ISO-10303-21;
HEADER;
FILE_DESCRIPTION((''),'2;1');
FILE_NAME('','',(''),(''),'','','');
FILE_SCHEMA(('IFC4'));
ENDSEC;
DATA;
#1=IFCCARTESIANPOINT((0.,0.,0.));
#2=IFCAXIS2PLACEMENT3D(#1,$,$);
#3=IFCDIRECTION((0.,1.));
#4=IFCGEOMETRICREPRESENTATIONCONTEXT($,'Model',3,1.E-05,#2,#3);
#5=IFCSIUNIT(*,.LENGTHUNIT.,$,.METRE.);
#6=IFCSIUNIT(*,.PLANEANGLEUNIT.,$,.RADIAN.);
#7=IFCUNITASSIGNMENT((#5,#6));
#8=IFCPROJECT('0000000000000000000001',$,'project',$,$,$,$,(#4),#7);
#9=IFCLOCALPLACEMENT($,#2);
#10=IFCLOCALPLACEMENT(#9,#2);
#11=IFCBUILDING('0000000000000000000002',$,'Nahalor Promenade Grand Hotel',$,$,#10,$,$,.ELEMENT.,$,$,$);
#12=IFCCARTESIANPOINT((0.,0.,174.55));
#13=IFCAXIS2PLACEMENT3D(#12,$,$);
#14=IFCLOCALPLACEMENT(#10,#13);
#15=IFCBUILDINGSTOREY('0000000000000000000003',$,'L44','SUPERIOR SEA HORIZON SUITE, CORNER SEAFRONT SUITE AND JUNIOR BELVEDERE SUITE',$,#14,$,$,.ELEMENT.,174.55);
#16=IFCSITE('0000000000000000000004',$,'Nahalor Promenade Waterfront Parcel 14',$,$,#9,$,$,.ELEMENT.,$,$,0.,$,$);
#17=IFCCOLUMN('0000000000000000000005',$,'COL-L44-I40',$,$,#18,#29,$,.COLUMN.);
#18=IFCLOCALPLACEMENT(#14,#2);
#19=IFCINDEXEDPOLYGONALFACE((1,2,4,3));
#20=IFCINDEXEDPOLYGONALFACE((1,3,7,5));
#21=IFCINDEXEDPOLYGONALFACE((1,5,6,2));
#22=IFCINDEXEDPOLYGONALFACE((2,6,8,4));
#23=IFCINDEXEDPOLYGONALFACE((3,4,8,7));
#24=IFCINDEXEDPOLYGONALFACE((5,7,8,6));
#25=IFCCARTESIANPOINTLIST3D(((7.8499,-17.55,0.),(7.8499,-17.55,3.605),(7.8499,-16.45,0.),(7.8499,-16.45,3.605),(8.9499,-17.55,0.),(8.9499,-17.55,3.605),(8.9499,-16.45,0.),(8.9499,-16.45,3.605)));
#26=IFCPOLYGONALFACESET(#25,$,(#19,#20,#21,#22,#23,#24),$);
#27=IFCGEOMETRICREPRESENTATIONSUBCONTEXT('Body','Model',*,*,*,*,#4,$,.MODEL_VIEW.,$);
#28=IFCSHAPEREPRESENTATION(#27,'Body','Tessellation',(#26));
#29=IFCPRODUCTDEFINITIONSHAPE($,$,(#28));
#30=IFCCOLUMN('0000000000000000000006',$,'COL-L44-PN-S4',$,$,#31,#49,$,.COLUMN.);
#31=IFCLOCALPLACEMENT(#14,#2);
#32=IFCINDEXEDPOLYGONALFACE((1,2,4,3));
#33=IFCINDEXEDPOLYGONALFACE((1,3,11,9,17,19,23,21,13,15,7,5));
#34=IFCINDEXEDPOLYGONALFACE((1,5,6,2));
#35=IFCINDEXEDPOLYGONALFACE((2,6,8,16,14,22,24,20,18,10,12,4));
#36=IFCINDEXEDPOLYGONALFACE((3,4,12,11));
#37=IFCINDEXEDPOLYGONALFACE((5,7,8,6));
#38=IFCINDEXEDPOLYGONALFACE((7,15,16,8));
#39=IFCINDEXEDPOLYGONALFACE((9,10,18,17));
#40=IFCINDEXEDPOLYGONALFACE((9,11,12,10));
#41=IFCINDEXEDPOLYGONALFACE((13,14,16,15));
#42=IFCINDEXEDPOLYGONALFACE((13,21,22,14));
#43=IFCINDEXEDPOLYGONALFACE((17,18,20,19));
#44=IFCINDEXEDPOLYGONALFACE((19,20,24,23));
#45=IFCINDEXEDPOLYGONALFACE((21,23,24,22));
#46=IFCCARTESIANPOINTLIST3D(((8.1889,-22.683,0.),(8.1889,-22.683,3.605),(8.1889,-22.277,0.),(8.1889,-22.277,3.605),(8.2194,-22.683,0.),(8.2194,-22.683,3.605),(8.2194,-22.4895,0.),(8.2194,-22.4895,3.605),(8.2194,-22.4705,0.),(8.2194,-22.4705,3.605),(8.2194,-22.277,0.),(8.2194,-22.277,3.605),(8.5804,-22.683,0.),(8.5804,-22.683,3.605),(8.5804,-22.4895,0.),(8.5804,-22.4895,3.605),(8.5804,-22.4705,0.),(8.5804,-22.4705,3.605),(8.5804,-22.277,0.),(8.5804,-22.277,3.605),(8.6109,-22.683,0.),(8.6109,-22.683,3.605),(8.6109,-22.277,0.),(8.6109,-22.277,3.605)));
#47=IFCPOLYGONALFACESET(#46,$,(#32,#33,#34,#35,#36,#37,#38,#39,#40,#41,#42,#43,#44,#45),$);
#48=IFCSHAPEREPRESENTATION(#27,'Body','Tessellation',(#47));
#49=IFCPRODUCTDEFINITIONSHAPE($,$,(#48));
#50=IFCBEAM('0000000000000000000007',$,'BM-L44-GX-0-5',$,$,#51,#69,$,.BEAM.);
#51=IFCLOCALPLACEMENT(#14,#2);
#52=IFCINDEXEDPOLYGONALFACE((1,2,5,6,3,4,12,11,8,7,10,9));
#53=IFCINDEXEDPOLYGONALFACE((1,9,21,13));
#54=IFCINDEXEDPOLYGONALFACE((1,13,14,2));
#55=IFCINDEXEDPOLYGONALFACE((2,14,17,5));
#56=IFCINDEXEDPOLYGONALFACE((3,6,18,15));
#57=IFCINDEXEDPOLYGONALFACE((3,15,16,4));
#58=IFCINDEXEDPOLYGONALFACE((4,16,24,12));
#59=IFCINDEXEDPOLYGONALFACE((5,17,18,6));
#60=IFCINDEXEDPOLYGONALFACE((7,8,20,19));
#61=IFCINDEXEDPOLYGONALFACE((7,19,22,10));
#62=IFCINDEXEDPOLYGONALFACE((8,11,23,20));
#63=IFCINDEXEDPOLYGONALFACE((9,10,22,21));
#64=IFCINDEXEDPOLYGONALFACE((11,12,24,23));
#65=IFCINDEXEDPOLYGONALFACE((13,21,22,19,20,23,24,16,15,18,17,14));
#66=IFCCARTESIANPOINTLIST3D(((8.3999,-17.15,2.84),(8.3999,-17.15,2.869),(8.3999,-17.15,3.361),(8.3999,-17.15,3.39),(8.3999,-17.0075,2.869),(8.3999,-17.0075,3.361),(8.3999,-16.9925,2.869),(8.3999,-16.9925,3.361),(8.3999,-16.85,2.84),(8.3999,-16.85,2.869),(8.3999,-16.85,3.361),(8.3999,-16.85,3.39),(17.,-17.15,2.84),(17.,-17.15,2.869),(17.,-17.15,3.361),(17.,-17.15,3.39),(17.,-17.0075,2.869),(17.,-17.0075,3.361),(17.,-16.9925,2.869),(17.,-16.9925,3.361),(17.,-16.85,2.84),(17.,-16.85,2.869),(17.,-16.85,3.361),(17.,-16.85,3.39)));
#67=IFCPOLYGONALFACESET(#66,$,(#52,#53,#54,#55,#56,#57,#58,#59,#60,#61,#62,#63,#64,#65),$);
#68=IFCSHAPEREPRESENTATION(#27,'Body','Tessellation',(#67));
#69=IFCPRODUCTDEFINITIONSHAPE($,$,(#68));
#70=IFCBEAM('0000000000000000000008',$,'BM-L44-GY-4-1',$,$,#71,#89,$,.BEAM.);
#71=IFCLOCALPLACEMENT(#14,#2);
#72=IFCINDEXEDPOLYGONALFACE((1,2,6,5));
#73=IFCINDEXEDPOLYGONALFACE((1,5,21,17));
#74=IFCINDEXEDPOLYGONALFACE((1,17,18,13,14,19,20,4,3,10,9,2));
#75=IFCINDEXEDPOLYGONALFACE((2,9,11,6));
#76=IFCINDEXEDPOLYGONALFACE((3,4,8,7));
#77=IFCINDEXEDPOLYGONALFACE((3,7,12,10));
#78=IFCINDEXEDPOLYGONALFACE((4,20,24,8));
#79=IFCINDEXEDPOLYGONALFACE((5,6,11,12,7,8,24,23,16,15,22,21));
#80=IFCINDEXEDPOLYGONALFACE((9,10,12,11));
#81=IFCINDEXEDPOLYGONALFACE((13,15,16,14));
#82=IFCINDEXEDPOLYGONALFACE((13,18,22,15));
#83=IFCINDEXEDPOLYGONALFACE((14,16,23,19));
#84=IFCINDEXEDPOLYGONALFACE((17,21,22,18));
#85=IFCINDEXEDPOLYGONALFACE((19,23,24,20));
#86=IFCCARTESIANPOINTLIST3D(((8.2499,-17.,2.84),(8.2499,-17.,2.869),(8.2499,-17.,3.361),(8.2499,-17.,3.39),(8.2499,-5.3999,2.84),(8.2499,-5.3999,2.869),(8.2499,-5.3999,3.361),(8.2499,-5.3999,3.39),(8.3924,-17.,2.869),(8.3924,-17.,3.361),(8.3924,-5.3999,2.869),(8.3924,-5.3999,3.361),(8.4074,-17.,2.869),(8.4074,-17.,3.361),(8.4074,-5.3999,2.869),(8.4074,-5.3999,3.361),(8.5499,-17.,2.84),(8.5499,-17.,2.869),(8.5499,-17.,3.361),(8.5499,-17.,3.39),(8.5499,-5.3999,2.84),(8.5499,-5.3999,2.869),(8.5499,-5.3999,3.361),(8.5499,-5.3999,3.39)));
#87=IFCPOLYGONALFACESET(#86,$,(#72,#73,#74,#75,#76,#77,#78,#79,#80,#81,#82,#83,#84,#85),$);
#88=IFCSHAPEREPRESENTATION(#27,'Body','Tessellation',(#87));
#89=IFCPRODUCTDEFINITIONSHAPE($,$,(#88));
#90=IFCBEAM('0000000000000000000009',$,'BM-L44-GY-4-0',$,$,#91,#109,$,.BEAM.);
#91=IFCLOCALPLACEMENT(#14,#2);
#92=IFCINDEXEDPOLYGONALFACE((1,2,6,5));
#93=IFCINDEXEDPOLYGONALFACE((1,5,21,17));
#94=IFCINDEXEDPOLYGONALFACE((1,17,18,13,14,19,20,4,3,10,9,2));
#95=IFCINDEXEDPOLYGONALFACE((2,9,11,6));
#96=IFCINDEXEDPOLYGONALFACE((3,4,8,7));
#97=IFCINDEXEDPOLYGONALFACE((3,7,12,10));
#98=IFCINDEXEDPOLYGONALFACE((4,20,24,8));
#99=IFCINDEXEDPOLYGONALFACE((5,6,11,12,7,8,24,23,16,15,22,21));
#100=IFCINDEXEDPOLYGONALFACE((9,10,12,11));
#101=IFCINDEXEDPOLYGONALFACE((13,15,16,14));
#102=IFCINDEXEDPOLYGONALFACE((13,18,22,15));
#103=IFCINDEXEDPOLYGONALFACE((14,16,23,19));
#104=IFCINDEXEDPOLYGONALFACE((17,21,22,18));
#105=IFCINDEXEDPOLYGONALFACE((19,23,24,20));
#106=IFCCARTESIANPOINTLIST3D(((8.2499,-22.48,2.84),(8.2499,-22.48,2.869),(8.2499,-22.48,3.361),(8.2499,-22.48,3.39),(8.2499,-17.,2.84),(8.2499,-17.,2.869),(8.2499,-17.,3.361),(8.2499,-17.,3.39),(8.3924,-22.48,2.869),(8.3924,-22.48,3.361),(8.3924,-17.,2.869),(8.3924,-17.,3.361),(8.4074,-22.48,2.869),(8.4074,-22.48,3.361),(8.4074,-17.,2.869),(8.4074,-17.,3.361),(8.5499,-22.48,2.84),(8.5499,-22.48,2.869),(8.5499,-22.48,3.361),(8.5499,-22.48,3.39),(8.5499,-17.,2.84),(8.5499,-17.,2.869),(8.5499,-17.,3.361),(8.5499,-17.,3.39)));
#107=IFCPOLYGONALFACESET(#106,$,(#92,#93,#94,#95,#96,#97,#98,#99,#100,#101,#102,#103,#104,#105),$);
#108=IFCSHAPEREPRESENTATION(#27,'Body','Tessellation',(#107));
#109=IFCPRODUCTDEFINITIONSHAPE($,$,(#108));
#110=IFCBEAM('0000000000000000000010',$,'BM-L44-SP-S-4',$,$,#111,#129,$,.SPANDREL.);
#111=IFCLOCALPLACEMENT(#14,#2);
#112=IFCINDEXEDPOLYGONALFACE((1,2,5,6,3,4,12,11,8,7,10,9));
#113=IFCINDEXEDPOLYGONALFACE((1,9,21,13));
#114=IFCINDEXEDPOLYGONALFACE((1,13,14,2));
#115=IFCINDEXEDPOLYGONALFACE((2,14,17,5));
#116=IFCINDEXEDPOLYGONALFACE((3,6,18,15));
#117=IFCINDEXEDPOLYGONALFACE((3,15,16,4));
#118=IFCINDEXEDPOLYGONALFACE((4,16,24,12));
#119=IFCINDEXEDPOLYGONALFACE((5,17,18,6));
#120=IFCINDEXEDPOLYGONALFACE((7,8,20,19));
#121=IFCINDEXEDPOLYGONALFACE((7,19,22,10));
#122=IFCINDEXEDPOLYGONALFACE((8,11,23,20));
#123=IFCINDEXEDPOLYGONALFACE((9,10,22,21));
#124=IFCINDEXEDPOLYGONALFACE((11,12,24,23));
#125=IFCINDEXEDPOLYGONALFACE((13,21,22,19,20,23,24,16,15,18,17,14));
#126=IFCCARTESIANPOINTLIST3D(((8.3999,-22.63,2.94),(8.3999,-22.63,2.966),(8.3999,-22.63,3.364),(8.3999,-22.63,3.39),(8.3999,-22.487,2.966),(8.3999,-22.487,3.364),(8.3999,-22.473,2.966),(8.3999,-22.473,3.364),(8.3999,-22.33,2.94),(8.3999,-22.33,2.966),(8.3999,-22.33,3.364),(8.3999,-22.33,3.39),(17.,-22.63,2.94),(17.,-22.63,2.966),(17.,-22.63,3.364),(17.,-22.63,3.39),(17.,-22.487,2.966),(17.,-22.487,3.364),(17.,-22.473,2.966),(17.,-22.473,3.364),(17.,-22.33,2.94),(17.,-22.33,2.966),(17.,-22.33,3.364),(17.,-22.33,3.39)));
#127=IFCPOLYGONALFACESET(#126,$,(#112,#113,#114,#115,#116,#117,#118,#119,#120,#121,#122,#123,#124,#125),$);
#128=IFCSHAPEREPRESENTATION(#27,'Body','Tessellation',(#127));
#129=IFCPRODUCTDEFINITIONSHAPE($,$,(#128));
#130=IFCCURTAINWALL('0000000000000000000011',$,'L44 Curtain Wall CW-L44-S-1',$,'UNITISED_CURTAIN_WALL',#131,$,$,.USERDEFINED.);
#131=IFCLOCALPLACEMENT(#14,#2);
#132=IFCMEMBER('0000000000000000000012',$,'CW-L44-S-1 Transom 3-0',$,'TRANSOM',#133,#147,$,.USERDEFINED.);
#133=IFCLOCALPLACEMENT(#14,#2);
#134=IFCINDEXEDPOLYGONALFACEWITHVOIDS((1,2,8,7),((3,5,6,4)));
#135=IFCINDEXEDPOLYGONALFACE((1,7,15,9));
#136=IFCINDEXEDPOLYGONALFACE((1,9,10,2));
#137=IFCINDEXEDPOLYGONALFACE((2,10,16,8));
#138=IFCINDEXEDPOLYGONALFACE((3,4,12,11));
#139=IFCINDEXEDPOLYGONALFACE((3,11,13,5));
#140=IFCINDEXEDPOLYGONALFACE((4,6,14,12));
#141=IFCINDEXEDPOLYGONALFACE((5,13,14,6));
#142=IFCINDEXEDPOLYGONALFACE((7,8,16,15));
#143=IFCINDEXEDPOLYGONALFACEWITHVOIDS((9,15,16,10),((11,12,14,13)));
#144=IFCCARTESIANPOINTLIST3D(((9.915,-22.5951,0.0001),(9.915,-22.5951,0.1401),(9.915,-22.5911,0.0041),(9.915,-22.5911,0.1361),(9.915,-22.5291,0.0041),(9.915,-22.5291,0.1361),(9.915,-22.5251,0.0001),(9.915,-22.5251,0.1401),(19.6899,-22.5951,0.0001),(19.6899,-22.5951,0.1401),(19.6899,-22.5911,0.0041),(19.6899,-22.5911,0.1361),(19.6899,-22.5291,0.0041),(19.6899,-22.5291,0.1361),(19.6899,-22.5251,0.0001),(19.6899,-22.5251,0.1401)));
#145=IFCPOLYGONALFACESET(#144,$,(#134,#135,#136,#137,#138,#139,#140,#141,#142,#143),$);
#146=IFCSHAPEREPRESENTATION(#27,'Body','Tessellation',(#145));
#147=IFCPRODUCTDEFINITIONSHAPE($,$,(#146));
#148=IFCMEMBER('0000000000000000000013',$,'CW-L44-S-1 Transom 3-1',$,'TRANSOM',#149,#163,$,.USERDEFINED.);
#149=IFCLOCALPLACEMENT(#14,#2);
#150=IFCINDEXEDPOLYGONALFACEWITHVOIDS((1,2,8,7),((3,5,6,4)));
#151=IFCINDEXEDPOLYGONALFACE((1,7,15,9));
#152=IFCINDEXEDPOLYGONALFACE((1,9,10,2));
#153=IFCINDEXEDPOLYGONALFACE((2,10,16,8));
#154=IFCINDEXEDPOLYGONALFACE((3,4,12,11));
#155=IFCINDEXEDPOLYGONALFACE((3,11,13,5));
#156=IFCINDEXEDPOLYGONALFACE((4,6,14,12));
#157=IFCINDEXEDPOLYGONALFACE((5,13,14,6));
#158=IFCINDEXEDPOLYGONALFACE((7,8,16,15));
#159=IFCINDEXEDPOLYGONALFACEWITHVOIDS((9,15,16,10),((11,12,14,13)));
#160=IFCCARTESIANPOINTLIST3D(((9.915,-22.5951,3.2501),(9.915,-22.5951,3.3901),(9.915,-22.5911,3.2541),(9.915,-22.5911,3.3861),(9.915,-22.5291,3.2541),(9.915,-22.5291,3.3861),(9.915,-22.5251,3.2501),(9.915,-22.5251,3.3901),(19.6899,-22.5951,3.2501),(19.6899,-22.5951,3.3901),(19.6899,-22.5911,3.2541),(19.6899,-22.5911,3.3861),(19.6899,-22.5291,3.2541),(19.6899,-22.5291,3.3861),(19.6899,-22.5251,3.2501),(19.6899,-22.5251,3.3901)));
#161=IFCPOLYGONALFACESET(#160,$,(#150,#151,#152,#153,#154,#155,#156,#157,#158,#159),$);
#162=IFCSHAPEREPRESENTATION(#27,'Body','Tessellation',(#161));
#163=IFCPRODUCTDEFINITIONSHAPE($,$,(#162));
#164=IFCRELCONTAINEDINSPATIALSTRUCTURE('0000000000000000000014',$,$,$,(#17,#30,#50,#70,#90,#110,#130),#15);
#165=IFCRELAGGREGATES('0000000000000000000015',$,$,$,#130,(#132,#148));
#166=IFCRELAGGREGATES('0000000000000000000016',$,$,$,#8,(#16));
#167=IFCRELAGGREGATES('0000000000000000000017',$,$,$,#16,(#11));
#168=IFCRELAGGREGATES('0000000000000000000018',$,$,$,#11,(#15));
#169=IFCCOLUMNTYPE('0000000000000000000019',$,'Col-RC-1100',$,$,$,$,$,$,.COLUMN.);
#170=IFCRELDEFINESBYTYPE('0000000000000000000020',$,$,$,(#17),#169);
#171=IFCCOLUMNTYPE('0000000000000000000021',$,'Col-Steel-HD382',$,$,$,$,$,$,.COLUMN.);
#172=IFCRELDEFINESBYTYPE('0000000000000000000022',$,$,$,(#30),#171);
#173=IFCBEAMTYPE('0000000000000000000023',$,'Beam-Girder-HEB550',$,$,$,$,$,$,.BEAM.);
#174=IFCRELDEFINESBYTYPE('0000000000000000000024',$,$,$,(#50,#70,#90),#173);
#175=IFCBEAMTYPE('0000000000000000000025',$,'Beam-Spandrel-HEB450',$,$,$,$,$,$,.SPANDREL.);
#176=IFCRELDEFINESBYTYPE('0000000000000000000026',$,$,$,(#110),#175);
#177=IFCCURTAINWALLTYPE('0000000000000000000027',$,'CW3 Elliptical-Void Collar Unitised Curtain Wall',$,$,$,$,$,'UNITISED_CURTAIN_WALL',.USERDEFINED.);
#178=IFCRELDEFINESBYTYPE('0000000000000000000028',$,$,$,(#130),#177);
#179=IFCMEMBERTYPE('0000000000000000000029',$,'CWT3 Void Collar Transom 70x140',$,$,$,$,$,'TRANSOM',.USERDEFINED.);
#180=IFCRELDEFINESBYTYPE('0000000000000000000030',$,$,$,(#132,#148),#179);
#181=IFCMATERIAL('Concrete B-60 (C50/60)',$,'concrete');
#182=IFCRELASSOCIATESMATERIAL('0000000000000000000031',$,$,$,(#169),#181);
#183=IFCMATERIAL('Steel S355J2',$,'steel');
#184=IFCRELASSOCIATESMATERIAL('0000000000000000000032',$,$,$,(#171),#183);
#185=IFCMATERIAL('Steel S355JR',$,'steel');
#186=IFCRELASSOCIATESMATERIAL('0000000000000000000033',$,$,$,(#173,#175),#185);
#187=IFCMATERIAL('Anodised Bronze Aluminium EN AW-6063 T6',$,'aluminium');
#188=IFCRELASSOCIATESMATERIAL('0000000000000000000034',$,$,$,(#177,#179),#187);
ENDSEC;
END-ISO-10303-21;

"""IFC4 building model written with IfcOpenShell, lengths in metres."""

from ifc_helpers import new_model, si_unit, direction, frame, origin, origin_2d, place, context, subcontext, project, spatial, rectangle, hollow_rectangle, i_section, extrude, source, transform, mapped, material, material_profile, profile_set, type_object, element, aggregate, save


model = new_model("IFC4")

# Units and contexts
model_context = context("Model", 3, precision=1e-05, world=origin(), true_north=direction((0.0, 1.0)))
body_context = subcontext(model_context, "Body", "Model", "MODEL_VIEW")
ifc_project = project(units=[si_unit("LENGTHUNIT", "METRE"), si_unit("PLANEANGLEUNIT", "RADIAN")], contexts=[model_context])

# Site, building, storey
site_placement = place(None, origin())
site = spatial("IfcSite", under=ifc_project, at=site_placement, Name="Nahalor Promenade Waterfront Parcel 14", CompositionType="ELEMENT", RefElevation=0.0)
building_placement = place(site_placement, origin())
building = spatial("IfcBuilding", under=site, at=building_placement, Name="Nahalor Promenade Grand Hotel", CompositionType="ELEMENT")
storey_placement = place(building_placement, frame((0.0, 0.0, 174.55)))
storey = spatial("IfcBuildingStorey", under=building, at=storey_placement, Name="L44", Description="SUPERIOR SEA HORIZON SUITE, CORNER SEAFRONT SUITE AND JUNIOR BELVEDERE SUITE", CompositionType="ELEMENT", Elevation=174.55)

# Columns
ifc_material_1 = material(Name="Concrete B-60 (C50/60)", Category="concrete")
ifc_material_profile_1 = material_profile(ifc_material_1, rectangle(XDim=1.1, YDim=1.1, at=origin_2d()), Name="RC 1100x1100")
ifc_profile_set_1 = profile_set([ifc_material_profile_1], Name="Concrete B-60 (C50/60)")
column_type_1 = type_object("IfcColumnType", Name="Col-RC-1100", PredefinedType="COLUMN", material=ifc_profile_set_1)
shared_shape_1 = source(origin(), body_context, "Body", "SweptSolid", [
    extrude(rectangle(XDim=1.1, YDim=1.1, at=origin_2d()), origin(), (0.0, 0.0, 1.0), 3.605),
])
column_1_placement = place(storey_placement, frame((8.3999, -17.0, 0.0), z_axis=(0.0, 0.0, 1.0), x_axis=(1.0, 0.0, 0.0)))
element("IfcColumn", 1, at=column_1_placement, inside=storey, type_object=column_type_1, Name="COL-L44-I40", PredefinedType="COLUMN", context=body_context, shape_type="MappedRepresentation", body=[
    mapped(shared_shape_1, transform((0.0, 0.0, 0.0), scale=1.0)),
])
ifc_material_2 = material(Name="Steel S355J2", Category="steel")
ifc_material_profile_2 = material_profile(ifc_material_2, i_section(OverallWidth=0.406, OverallDepth=0.422, WebThickness=0.019, FlangeThickness=0.0305, at=origin_2d()), Name="HD 400x382")
ifc_profile_set_2 = profile_set([ifc_material_profile_2], Name="Steel S355J2")
column_type_2 = type_object("IfcColumnType", Name="Col-Steel-HD382", PredefinedType="COLUMN", material=ifc_profile_set_2)
shared_shape_2 = source(origin(), body_context, "Body", "SweptSolid", [
    extrude(i_section(OverallWidth=0.406, OverallDepth=0.422, WebThickness=0.019, FlangeThickness=0.0305, at=origin_2d()), origin(), (0.0, 0.0, 1.0), 3.605),
])
column_2_placement = place(storey_placement, frame((8.3999, -22.48, 0.0), z_axis=(0.0, 0.0, 1.0), x_axis=(0.0, 1.0, 0.0)))
element("IfcColumn", 2, at=column_2_placement, inside=storey, type_object=column_type_2, Name="COL-L44-PN-S4", PredefinedType="COLUMN", context=body_context, shape_type="MappedRepresentation", body=[
    mapped(shared_shape_2, transform((0.0, 0.0, 0.0), scale=1.0)),
])

# Beams
ifc_material_3 = material(Name="Steel S355JR", Category="steel")
ifc_material_profile_3 = material_profile(ifc_material_3, i_section(OverallWidth=0.3, OverallDepth=0.55, WebThickness=0.015, FlangeThickness=0.029, at=origin_2d()), Name="HEB 550")
ifc_profile_set_3 = profile_set([ifc_material_profile_3], Name="Steel S355JR")
beam_type_1 = type_object("IfcBeamType", Name="Beam-Girder-HEB550", PredefinedType="BEAM", material=ifc_profile_set_3)
shared_shape_3 = source(origin(), body_context, "Body", "SweptSolid", [
    extrude(i_section(OverallWidth=0.3, OverallDepth=0.55, WebThickness=0.015, FlangeThickness=0.029, at=origin_2d()), origin(), (0.0, 0.0, 1.0), 8.6001),
])
beam_1_placement = place(storey_placement, frame((8.3999, -17.0, 3.115), z_axis=(1.0, 0.0, 0.0), x_axis=(0.0, 1.0, 0.0)))
element("IfcBeam", 3, at=beam_1_placement, inside=storey, type_object=beam_type_1, Name="BM-L44-GX-0-5", PredefinedType="BEAM", context=body_context, shape_type="MappedRepresentation", body=[
    mapped(shared_shape_3, transform((0.0, 0.0, 0.0), scale=1.0)),
])
shared_shape_4 = source(origin(), body_context, "Body", "SweptSolid", [
    extrude(i_section(OverallWidth=0.3, OverallDepth=0.55, WebThickness=0.015, FlangeThickness=0.029, at=origin_2d()), origin(), (0.0, 0.0, 1.0), 11.6001),
])
beam_2_placement = place(storey_placement, frame((8.3999, -17.0, 3.115), z_axis=(0.0, 1.0, 0.0), x_axis=(-1.0, 0.0, 0.0)))
element("IfcBeam", 4, at=beam_2_placement, inside=storey, type_object=beam_type_1, Name="BM-L44-GY-4-1", PredefinedType="BEAM", context=body_context, shape_type="MappedRepresentation", body=[
    mapped(shared_shape_4, transform((0.0, 0.0, 0.0), scale=1.0)),
])
shared_shape_5 = source(origin(), body_context, "Body", "SweptSolid", [
    extrude(i_section(OverallWidth=0.3, OverallDepth=0.55, WebThickness=0.015, FlangeThickness=0.029, at=origin_2d()), origin(), (0.0, 0.0, 1.0), 5.48),
])
beam_3_placement = place(storey_placement, frame((8.3999, -22.48, 3.115), z_axis=(0.0, 1.0, 0.0), x_axis=(-1.0, 0.0, 0.0)))
element("IfcBeam", 5, at=beam_3_placement, inside=storey, type_object=beam_type_1, Name="BM-L44-GY-4-0", PredefinedType="BEAM", context=body_context, shape_type="MappedRepresentation", body=[
    mapped(shared_shape_5, transform((0.0, 0.0, 0.0), scale=1.0)),
])
ifc_material_profile_4 = material_profile(ifc_material_3, i_section(OverallWidth=0.3, OverallDepth=0.45, WebThickness=0.014, FlangeThickness=0.026, at=origin_2d()), Name="HEB 450")
ifc_profile_set_4 = profile_set([ifc_material_profile_4], Name="Steel S355JR")
beam_type_2 = type_object("IfcBeamType", Name="Beam-Spandrel-HEB450", PredefinedType="SPANDREL", material=ifc_profile_set_4)
shared_shape_6 = source(origin(), body_context, "Body", "SweptSolid", [
    extrude(i_section(OverallWidth=0.3, OverallDepth=0.45, WebThickness=0.014, FlangeThickness=0.026, at=origin_2d()), origin(), (0.0, 0.0, 1.0), 8.6001),
])
beam_4_placement = place(storey_placement, frame((8.3999, -22.48, 3.165), z_axis=(1.0, 0.0, 0.0), x_axis=(0.0, 1.0, 0.0)))
element("IfcBeam", 6, at=beam_4_placement, inside=storey, type_object=beam_type_2, Name="BM-L44-SP-S-4", PredefinedType="SPANDREL", context=body_context, shape_type="MappedRepresentation", body=[
    mapped(shared_shape_6, transform((0.0, 0.0, 0.0), scale=1.0)),
])

# Curtain wall, members
ifc_material_4 = material(Name="Anodised Bronze Aluminium EN AW-6063 T6", Category="aluminium")
curtain_wall_type = type_object("IfcCurtainWallType", Name="CW3 Elliptical-Void Collar Unitised Curtain Wall", ElementType="UNITISED_CURTAIN_WALL", PredefinedType="USERDEFINED", material=ifc_material_4)
curtain_wall_placement = place(storey_placement, origin())
curtain_wall = element("IfcCurtainWall", 7, at=curtain_wall_placement, inside=storey, type_object=curtain_wall_type, Name="L44 Curtain Wall CW-L44-S-1", ObjectType="UNITISED_CURTAIN_WALL", PredefinedType="USERDEFINED")
ifc_material_profile_5 = material_profile(ifc_material_4, hollow_rectangle(XDim=0.07, YDim=0.14, WallThickness=0.004, at=origin_2d()), Name="CWT 70x140x4")
ifc_profile_set_5 = profile_set([ifc_material_profile_5], Name="Anodised Bronze Aluminium EN AW-6063 T6")
member_type_1 = type_object("IfcMemberType", Name="CWT3 Void Collar Transom 70x140", ElementType="TRANSOM", PredefinedType="USERDEFINED", material=ifc_profile_set_5)
shared_shape_7 = source(origin(), body_context, "Body", "SweptSolid", [
    extrude(hollow_rectangle(XDim=0.07, YDim=0.14, WallThickness=0.004, at=origin_2d()), origin(), (0.0, 0.0, 1.0), 9.7749),
])
member_1_placement = place(storey_placement, frame((9.915, -22.5601, 0.0701), z_axis=(1.0, 0.0, 0.0), x_axis=(0.0, 1.0, 0.0)))
member_1 = element("IfcMember", 8, at=member_1_placement, type_object=member_type_1, Name="CW-L44-S-1 Transom 3-0", ObjectType="TRANSOM", PredefinedType="USERDEFINED", context=body_context, shape_type="MappedRepresentation", body=[
    mapped(shared_shape_7, transform((0.0, 0.0, 0.0), scale=1.0)),
])
member_2_placement = place(storey_placement, frame((9.915, -22.5601, 3.3201), z_axis=(1.0, 0.0, 0.0), x_axis=(0.0, 1.0, 0.0)))
member_2 = element("IfcMember", 9, at=member_2_placement, type_object=member_type_1, Name="CW-L44-S-1 Transom 3-1", ObjectType="TRANSOM", PredefinedType="USERDEFINED", context=body_context, shape_type="MappedRepresentation", body=[
    mapped(shared_shape_7, transform((0.0, 0.0, 0.0), scale=1.0)),
])
aggregate(curtain_wall, [member_1, member_2])

save(model, "model.ifc")
